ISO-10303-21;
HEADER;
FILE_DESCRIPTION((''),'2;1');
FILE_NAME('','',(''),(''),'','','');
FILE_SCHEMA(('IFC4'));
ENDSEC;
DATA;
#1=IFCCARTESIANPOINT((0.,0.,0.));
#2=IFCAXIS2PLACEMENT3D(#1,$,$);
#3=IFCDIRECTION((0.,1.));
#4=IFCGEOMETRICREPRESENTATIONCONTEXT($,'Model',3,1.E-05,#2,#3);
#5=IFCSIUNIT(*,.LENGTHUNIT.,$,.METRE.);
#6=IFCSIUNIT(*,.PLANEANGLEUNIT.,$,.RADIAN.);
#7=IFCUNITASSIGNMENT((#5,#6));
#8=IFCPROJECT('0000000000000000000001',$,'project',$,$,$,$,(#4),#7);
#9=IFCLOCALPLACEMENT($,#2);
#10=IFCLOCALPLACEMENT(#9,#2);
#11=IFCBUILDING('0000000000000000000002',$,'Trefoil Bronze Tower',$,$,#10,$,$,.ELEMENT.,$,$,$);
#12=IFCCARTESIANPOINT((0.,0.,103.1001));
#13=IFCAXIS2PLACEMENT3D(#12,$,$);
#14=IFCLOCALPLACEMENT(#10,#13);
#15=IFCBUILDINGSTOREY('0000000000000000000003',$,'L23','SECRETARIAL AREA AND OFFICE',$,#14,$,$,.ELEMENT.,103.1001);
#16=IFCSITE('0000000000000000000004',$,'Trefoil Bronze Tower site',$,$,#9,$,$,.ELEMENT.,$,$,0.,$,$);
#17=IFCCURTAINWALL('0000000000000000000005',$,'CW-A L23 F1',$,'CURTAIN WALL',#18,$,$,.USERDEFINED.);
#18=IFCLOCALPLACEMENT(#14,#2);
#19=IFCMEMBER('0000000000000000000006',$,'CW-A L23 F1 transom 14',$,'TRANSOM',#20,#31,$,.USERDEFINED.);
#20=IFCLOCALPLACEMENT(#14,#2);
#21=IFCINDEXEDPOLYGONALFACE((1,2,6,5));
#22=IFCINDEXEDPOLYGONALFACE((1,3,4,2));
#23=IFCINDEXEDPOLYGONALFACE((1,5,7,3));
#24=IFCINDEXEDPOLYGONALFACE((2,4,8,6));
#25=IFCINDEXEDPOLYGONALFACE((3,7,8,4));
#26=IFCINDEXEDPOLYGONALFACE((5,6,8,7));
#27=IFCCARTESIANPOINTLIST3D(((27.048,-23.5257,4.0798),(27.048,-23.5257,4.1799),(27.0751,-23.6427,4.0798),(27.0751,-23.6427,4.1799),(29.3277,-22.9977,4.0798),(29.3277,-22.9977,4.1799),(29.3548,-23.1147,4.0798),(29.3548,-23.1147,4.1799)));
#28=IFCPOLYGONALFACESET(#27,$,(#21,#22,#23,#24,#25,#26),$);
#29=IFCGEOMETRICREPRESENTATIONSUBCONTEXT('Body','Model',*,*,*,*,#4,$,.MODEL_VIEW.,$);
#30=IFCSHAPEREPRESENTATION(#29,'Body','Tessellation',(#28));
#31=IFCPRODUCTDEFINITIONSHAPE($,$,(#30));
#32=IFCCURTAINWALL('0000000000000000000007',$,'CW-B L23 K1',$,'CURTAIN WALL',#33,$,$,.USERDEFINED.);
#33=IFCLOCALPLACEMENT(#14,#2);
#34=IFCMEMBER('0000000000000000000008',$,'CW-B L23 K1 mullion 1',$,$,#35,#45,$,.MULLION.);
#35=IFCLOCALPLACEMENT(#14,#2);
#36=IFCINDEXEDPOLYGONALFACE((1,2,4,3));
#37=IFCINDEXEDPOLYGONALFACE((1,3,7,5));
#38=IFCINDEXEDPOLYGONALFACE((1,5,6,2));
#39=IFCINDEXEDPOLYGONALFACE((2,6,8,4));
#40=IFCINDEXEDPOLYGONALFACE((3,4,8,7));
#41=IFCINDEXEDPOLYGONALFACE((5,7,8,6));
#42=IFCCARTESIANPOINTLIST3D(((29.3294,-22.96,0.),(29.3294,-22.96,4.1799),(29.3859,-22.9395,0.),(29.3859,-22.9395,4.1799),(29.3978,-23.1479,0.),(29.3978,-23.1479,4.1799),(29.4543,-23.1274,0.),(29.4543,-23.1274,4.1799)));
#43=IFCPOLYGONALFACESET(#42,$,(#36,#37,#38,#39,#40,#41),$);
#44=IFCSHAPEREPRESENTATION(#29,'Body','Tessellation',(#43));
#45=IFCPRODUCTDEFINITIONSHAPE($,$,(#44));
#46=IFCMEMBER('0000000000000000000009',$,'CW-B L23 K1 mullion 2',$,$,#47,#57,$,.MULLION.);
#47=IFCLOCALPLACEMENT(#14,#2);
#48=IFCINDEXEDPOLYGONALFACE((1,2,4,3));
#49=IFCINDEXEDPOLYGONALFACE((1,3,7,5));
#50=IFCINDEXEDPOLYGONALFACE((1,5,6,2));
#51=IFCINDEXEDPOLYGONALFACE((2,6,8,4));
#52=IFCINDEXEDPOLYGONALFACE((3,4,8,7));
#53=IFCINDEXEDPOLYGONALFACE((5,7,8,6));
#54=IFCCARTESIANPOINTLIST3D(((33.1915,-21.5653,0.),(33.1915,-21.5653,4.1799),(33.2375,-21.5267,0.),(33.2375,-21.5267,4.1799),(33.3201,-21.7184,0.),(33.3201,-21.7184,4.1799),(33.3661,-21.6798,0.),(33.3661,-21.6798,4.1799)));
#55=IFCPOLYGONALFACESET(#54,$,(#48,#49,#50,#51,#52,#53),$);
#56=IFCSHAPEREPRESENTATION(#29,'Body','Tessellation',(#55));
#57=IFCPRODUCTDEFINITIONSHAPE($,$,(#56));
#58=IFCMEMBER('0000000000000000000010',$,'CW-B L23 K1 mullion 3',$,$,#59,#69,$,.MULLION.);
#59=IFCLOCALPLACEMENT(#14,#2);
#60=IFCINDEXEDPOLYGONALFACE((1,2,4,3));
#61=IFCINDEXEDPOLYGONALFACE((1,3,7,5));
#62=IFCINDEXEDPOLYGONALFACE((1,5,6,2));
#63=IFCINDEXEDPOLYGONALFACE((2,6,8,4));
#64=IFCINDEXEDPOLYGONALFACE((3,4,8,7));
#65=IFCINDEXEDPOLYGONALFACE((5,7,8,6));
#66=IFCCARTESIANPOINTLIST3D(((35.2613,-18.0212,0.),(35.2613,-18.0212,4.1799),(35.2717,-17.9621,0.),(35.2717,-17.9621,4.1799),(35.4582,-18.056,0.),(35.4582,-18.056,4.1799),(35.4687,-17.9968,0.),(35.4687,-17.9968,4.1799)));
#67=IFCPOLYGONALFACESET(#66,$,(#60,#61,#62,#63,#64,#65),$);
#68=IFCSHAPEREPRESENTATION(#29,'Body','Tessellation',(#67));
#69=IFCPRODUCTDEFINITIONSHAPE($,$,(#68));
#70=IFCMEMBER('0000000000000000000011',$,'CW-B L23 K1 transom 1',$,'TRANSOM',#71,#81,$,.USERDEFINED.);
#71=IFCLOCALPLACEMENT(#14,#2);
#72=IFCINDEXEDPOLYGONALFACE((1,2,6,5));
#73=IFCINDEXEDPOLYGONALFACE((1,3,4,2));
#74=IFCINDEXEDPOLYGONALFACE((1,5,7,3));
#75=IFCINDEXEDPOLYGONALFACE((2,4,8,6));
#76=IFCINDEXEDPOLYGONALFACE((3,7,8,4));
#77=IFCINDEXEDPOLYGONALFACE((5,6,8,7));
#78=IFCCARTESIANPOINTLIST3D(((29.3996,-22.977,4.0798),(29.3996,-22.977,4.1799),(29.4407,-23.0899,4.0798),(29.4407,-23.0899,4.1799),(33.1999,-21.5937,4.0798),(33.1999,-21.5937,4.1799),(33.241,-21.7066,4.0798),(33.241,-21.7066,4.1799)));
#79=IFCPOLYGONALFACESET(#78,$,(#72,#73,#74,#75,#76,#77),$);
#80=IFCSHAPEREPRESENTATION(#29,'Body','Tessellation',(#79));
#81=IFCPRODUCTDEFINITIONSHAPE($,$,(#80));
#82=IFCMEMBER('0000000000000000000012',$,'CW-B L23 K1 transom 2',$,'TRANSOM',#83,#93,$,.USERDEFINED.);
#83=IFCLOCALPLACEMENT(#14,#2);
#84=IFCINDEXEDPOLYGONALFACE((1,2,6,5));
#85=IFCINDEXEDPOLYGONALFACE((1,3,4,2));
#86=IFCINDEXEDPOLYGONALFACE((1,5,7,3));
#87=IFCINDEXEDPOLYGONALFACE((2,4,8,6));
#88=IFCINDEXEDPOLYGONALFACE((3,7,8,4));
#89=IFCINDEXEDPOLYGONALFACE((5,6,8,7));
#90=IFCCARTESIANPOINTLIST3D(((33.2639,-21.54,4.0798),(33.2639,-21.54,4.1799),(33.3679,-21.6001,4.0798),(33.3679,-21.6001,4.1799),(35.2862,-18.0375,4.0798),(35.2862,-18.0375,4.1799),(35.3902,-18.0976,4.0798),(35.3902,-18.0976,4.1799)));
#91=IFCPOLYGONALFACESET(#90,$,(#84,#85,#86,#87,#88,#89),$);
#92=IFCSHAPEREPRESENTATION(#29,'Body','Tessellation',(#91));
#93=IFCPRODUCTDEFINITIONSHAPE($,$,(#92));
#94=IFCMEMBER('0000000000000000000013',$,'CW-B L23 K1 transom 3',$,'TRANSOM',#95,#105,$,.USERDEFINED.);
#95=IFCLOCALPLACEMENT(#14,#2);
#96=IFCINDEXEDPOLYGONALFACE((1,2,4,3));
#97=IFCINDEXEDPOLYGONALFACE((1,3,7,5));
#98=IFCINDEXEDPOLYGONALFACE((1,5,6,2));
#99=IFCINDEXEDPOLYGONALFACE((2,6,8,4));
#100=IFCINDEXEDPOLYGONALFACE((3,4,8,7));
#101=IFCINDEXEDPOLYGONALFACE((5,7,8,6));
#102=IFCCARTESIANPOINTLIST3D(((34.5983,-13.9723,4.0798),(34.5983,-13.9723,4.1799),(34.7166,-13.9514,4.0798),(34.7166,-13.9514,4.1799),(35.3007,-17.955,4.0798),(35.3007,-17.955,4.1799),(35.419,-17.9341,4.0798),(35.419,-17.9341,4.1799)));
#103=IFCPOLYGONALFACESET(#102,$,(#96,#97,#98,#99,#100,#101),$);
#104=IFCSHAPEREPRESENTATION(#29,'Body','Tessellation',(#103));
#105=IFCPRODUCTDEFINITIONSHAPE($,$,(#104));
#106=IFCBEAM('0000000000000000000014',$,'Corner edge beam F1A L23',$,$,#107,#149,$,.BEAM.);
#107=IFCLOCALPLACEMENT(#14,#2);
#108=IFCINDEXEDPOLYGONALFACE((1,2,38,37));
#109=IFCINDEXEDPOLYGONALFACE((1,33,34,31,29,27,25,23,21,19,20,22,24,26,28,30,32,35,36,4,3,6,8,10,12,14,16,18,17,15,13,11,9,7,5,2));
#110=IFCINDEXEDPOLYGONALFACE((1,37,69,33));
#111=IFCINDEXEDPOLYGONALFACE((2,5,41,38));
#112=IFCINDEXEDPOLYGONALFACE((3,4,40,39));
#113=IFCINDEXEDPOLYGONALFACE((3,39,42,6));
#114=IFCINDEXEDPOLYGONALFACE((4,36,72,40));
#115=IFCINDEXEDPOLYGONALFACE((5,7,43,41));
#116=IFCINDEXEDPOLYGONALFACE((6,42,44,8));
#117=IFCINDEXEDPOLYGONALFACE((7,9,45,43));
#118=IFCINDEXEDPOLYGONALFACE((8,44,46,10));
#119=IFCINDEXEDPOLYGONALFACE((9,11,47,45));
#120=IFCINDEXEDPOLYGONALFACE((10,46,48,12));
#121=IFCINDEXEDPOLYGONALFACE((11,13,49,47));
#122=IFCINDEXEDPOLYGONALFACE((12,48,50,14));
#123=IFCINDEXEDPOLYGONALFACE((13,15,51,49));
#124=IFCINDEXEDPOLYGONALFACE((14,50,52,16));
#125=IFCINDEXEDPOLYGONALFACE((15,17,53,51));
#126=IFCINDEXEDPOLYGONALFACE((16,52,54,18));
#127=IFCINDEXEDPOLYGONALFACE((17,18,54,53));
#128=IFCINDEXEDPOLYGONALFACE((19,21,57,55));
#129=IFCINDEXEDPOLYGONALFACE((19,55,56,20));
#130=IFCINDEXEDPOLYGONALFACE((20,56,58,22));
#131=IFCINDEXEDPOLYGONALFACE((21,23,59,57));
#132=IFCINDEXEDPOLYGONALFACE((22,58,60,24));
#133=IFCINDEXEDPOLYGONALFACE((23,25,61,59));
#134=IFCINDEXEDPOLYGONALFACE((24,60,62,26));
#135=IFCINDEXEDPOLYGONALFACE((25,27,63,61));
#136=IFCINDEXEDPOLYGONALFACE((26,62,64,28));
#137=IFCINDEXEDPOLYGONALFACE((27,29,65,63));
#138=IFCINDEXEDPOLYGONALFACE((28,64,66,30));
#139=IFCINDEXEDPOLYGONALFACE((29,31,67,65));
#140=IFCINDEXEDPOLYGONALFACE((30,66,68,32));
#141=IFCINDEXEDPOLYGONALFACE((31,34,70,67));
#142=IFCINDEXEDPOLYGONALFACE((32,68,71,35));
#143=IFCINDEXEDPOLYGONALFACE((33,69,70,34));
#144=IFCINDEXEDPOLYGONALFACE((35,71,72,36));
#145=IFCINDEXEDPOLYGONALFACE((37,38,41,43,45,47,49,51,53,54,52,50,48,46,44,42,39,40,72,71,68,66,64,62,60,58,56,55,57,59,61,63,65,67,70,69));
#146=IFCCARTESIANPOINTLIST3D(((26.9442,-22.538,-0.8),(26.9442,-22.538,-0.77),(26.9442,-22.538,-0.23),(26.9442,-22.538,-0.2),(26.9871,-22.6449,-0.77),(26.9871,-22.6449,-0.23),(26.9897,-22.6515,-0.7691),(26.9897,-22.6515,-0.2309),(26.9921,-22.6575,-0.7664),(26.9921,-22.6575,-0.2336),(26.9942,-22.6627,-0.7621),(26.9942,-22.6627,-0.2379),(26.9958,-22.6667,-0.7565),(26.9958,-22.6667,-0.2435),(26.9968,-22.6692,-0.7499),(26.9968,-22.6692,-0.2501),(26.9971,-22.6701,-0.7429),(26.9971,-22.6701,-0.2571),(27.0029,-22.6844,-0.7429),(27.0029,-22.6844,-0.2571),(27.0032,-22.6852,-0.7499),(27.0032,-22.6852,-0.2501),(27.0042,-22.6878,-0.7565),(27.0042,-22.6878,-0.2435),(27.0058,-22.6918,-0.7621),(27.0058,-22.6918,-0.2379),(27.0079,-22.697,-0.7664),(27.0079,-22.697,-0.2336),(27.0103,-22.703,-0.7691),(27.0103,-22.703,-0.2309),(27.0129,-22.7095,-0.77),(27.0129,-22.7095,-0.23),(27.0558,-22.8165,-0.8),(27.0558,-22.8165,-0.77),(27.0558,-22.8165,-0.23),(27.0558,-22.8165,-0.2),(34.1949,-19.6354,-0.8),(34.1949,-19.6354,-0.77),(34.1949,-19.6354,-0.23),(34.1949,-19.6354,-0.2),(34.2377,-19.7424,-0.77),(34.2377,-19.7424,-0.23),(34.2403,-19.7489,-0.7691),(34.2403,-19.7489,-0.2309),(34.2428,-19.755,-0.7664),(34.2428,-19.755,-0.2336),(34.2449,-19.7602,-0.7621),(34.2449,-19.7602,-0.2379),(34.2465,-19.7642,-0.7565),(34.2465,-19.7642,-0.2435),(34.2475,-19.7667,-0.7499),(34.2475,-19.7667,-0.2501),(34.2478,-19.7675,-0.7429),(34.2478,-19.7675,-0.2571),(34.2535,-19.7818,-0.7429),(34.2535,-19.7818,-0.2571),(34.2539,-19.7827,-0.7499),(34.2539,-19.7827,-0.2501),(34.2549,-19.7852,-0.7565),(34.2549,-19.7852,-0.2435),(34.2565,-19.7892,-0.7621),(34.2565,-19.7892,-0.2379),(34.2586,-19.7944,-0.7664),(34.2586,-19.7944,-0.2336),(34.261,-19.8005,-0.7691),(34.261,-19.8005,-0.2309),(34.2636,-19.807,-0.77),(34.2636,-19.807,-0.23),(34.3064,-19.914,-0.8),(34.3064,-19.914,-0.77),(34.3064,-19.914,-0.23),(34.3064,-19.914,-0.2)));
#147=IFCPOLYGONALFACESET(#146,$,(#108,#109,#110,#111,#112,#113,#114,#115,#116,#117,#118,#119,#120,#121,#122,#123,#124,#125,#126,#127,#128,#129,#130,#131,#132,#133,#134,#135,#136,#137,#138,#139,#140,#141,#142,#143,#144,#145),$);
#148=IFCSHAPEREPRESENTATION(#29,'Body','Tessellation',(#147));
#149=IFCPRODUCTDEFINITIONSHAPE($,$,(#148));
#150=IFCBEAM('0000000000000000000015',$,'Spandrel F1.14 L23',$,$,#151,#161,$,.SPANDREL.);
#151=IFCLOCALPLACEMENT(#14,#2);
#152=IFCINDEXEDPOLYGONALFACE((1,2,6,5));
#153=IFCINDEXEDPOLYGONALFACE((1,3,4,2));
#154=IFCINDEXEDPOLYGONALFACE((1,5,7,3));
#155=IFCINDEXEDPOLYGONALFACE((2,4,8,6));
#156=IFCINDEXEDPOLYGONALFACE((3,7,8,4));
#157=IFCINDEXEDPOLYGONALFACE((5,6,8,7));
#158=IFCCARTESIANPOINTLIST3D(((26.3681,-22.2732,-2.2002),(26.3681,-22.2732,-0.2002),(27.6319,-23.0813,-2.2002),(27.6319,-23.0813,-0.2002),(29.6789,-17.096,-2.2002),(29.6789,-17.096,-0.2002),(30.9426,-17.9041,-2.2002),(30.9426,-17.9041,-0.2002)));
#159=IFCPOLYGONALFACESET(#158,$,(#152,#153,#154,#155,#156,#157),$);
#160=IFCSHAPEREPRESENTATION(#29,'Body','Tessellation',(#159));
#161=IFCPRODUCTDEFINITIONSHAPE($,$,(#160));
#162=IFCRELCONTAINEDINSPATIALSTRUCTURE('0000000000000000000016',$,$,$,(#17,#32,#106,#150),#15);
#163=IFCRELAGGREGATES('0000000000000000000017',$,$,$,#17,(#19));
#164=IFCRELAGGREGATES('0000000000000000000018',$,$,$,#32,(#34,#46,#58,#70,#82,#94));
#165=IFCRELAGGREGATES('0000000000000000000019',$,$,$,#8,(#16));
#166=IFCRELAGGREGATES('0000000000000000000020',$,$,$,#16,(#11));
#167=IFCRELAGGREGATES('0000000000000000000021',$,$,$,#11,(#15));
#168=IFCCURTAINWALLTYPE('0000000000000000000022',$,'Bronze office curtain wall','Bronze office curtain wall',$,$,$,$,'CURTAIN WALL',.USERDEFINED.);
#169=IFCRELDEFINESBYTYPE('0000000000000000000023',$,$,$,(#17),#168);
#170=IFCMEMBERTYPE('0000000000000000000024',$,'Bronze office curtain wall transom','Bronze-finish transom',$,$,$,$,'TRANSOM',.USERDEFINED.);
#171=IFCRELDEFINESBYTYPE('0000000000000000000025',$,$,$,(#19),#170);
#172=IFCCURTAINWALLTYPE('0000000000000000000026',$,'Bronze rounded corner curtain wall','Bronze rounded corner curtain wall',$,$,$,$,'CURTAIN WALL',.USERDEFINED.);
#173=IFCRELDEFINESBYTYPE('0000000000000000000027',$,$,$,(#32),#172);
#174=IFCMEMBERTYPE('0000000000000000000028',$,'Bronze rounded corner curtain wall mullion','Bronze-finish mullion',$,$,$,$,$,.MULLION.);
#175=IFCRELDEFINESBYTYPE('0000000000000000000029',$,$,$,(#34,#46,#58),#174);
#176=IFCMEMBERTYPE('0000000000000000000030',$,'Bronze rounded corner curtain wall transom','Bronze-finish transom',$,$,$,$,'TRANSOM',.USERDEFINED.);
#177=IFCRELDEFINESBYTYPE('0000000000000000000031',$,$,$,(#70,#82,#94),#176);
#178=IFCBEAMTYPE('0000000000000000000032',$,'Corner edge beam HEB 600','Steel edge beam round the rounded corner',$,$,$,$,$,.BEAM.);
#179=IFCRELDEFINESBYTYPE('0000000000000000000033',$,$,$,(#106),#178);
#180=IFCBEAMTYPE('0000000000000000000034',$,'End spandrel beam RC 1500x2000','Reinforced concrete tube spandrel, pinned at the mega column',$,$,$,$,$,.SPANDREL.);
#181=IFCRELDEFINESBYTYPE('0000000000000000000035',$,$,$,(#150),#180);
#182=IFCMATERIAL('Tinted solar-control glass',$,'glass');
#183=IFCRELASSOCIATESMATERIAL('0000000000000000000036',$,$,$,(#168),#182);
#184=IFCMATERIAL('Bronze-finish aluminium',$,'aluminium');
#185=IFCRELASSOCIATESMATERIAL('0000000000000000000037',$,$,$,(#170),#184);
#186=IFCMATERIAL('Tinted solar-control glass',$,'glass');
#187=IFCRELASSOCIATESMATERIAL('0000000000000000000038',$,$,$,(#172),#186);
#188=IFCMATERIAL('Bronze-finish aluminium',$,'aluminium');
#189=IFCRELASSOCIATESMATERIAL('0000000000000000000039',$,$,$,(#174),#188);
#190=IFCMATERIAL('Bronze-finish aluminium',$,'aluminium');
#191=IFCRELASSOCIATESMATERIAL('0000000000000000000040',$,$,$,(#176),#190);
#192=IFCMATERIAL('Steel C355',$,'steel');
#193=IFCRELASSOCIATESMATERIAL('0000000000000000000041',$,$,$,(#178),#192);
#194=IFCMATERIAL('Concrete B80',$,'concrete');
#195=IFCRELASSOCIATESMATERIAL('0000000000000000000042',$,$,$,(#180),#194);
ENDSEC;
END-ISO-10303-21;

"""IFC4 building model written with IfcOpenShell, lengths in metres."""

from ifc_helpers import new_model, si_unit, direction, frame, origin, origin_2d, place, context, subcontext, project, spatial, rectangle, i_section, extrude, material, material_profile, profile_set, type_object, element, aggregate, save


model = new_model("IFC4")

# Units and contexts
model_context = context("Model", 3, precision=1e-05, world=origin(), true_north=direction((0.0, 1.0)))
body_context = subcontext(model_context, "Body", "Model", "MODEL_VIEW")
ifc_project = project(units=[si_unit("LENGTHUNIT", "METRE"), si_unit("PLANEANGLEUNIT", "RADIAN")], contexts=[model_context])

# Site, building, storey
site_placement = place(None, origin())
site = spatial("IfcSite", under=ifc_project, at=site_placement, Name="Trefoil Bronze Tower site", CompositionType="ELEMENT", RefElevation=0.0)
building_placement = place(site_placement, origin())
building = spatial("IfcBuilding", under=site, at=building_placement, Name="Trefoil Bronze Tower", CompositionType="ELEMENT")
storey_placement = place(building_placement, frame((0.0, 0.0, 103.1001)))
storey = spatial("IfcBuildingStorey", under=building, at=storey_placement, Name="L23", Description="SECRETARIAL AREA AND OFFICE", CompositionType="ELEMENT", Elevation=103.1001)

# Curtain walls, members
ifc_material_1 = material(Name="Tinted solar-control glass", Category="glass")
curtain_wall_type_1 = type_object("IfcCurtainWallType", Name="Bronze office curtain wall", Description="Bronze office curtain wall", ElementType="CURTAIN WALL", PredefinedType="USERDEFINED", material=ifc_material_1)
curtain_wall_1_placement = place(storey_placement, origin())
curtain_wall_1 = element("IfcCurtainWall", 1, at=curtain_wall_1_placement, inside=storey, type_object=curtain_wall_type_1, Name="CW-A L23 F1", ObjectType="CURTAIN WALL", PredefinedType="USERDEFINED")
ifc_material_2 = material(Name="Bronze-finish aluminium", Category="aluminium")
ifc_material_profile_1 = material_profile(ifc_material_2, rectangle(XDim=0.1201, YDim=0.1001, at=origin_2d()), Name="CW-A transom")
ifc_profile_set_1 = profile_set([ifc_material_profile_1], Name="Bronze-finish aluminium")
member_type_1 = type_object("IfcMemberType", Name="Bronze office curtain wall transom", Description="Bronze-finish transom", ElementType="TRANSOM", PredefinedType="USERDEFINED", material=ifc_profile_set_1)
member_1_placement = place(storey_placement, frame((27.0615, -23.5842, 4.1299), z_axis=(0.974206, 0.225659, 0.0), x_axis=(-0.225659, 0.974206, 0.0)))
member_1 = element("IfcMember", 2, at=member_1_placement, type_object=member_type_1, Name="CW-A L23 F1 transom 14", ObjectType="TRANSOM", PredefinedType="USERDEFINED", context=body_context, shape_type="SweptSolid", body=[
    extrude(rectangle(XDim=0.1201, YDim=0.1001, at=origin_2d()), origin(), (0.0, 0.0, 1.0), 2.3401),
])
ifc_material_3 = material(Name="Tinted solar-control glass", Category="glass")
curtain_wall_type_2 = type_object("IfcCurtainWallType", Name="Bronze rounded corner curtain wall", Description="Bronze rounded corner curtain wall", ElementType="CURTAIN WALL", PredefinedType="USERDEFINED", material=ifc_material_3)
curtain_wall_2_placement = place(storey_placement, origin())
curtain_wall_2 = element("IfcCurtainWall", 3, at=curtain_wall_2_placement, inside=storey, type_object=curtain_wall_type_2, Name="CW-B L23 K1", ObjectType="CURTAIN WALL", PredefinedType="USERDEFINED")
ifc_material_4 = material(Name="Bronze-finish aluminium", Category="aluminium")
ifc_material_profile_2 = material_profile(ifc_material_4, rectangle(XDim=0.2, YDim=0.0601, at=origin_2d()), Name="CW-B mullion")
ifc_profile_set_2 = profile_set([ifc_material_profile_2], Name="Bronze-finish aluminium")
member_type_2 = type_object("IfcMemberType", Name="Bronze rounded corner curtain wall mullion", Description="Bronze-finish mullion", PredefinedType="MULLION", material=ifc_profile_set_2)
member_2_placement = place(storey_placement, frame((29.3918, -23.0437, 0.0), z_axis=(0.0, 0.0, 1.0), x_axis=(-0.34202, 0.939693, 0.0)))
member_2 = element("IfcMember", 4, at=member_2_placement, type_object=member_type_2, Name="CW-B L23 K1 mullion 1", PredefinedType="MULLION", context=body_context, shape_type="SweptSolid", body=[
    extrude(rectangle(XDim=0.2, YDim=0.0601, at=origin_2d()), origin(), (0.0, 0.0, 1.0), 4.1799),
])
member_3_placement = place(storey_placement, frame((33.2788, -21.6226, 0.0), z_axis=(0.0, 0.0, 1.0), x_axis=(-0.642788, 0.766044, 0.0)))
member_3 = element("IfcMember", 5, at=member_3_placement, type_object=member_type_2, Name="CW-B L23 K1 mullion 2", PredefinedType="MULLION", context=body_context, shape_type="SweptSolid", body=[
    extrude(rectangle(XDim=0.2, YDim=0.0601, at=origin_2d()), origin(), (0.0, 0.0, 1.0), 4.1799),
])
member_4_placement = place(storey_placement, frame((35.365, -18.009, 0.0), z_axis=(0.0, 0.0, 1.0), x_axis=(-0.984808, 0.173648, 0.0)))
member_4 = element("IfcMember", 6, at=member_4_placement, type_object=member_type_2, Name="CW-B L23 K1 mullion 3", PredefinedType="MULLION", context=body_context, shape_type="SweptSolid", body=[
    extrude(rectangle(XDim=0.2, YDim=0.0601, at=origin_2d()), origin(), (0.0, 0.0, 1.0), 4.1799),
])
ifc_material_5 = material(Name="Bronze-finish aluminium", Category="aluminium")
ifc_material_profile_3 = material_profile(ifc_material_5, rectangle(XDim=0.1201, YDim=0.1001, at=origin_2d()), Name="CW-B transom")
ifc_profile_set_3 = profile_set([ifc_material_profile_3], Name="Bronze-finish aluminium")
member_type_3 = type_object("IfcMemberType", Name="Bronze rounded corner curtain wall transom", Description="Bronze-finish transom", ElementType="TRANSOM", PredefinedType="USERDEFINED", material=ifc_profile_set_3)
member_5_placement = place(storey_placement, frame((29.4202, -23.0334, 4.1299), z_axis=(0.939684, 0.342044, 0.0), x_axis=(-0.342044, 0.939684, 0.0)))
member_5 = element("IfcMember", 7, at=member_5_placement, type_object=member_type_3, Name="CW-B L23 K1 transom 1", ObjectType="TRANSOM", PredefinedType="USERDEFINED", context=body_context, shape_type="SweptSolid", body=[
    extrude(rectangle(XDim=0.1201, YDim=0.1001, at=origin_2d()), origin(), (0.0, 0.0, 1.0), 4.0442),
])
member_6_placement = place(storey_placement, frame((33.3159, -21.5701, 4.1299), z_axis=(0.500015, 0.866017, 0.0), x_axis=(-0.866017, 0.500015, 0.0)))
member_6 = element("IfcMember", 8, at=member_6_placement, type_object=member_type_3, Name="CW-B L23 K1 transom 2", ObjectType="TRANSOM", PredefinedType="USERDEFINED", context=body_context, shape_type="SweptSolid", body=[
    extrude(rectangle(XDim=0.1201, YDim=0.1001, at=origin_2d()), origin(), (0.0, 0.0, 1.0), 4.0444),
])
member_7_placement = place(storey_placement, frame((35.3599, -17.9446, 4.1299), z_axis=(-0.173682, 0.984802, 0.0), x_axis=(-0.984802, -0.173682, 0.0)))
member_7 = element("IfcMember", 9, at=member_7_placement, type_object=member_type_3, Name="CW-B L23 K1 transom 3", ObjectType="TRANSOM", PredefinedType="USERDEFINED", context=body_context, shape_type="SweptSolid", body=[
    extrude(rectangle(XDim=0.1201, YDim=0.1001, at=origin_2d()), origin(), (0.0, 0.0, 1.0), 4.0442),
])

# Beams
ifc_material_6 = material(Name="Steel C355", Category="steel")
ifc_material_profile_4 = material_profile(ifc_material_6, i_section(OverallWidth=0.3, OverallDepth=0.6001, WebThickness=0.0154, FlangeThickness=0.03, FilletRadius=0.0271, at=origin_2d()), Name="HEB 600")
ifc_profile_set_4 = profile_set([ifc_material_profile_4], Name="Steel C355")
beam_type_1 = type_object("IfcBeamType", Name="Corner edge beam HEB 600", Description="Steel edge beam round the rounded corner", PredefinedType="BEAM", material=ifc_profile_set_4)
beam_1_placement = place(storey_placement, frame((27.0, -22.6772, -0.5), z_axis=(0.928375, 0.371644, 0.0), x_axis=(-0.371644, 0.928375, 0.0)))
element("IfcBeam", 10, at=beam_1_placement, inside=storey, type_object=beam_type_1, Name="Corner edge beam F1A L23", PredefinedType="BEAM", context=body_context, shape_type="SweptSolid", body=[
    extrude(i_section(OverallWidth=0.3, OverallDepth=0.6001, WebThickness=0.0154, FlangeThickness=0.03, FilletRadius=0.0271, at=origin_2d()), origin(), (0.0, 0.0, 1.0), 7.8101),
])
ifc_material_7 = material(Name="Concrete B80", Category="concrete")
ifc_material_profile_5 = material_profile(ifc_material_7, rectangle(XDim=1.5, YDim=2.0, at=origin_2d()), Name="RC 1500x2000")
ifc_profile_set_5 = profile_set([ifc_material_profile_5], Name="Concrete B80")
beam_type_2 = type_object("IfcBeamType", Name="End spandrel beam RC 1500x2000", Description="Reinforced concrete tube spandrel, pinned at the mega column", PredefinedType="SPANDREL", material=ifc_profile_set_5)
beam_2_placement = place(storey_placement, frame((27.0, -22.6772, -1.2002), z_axis=(0.538748, 0.842467, 0.0), x_axis=(-0.842467, 0.538748, 0.0)))
element("IfcBeam", 11, at=beam_2_placement, inside=storey, type_object=beam_type_2, Name="Spandrel F1.14 L23", PredefinedType="SPANDREL", context=body_context, shape_type="SweptSolid", body=[
    extrude(rectangle(XDim=1.5, YDim=2.0, at=origin_2d()), origin(), (0.0, 0.0, 1.0), 6.1453),
])

aggregate(curtain_wall_1, [member_1])
aggregate(curtain_wall_2, [member_2, member_3, member_4, member_5, member_6, member_7])

save(model, "model.ifc")
